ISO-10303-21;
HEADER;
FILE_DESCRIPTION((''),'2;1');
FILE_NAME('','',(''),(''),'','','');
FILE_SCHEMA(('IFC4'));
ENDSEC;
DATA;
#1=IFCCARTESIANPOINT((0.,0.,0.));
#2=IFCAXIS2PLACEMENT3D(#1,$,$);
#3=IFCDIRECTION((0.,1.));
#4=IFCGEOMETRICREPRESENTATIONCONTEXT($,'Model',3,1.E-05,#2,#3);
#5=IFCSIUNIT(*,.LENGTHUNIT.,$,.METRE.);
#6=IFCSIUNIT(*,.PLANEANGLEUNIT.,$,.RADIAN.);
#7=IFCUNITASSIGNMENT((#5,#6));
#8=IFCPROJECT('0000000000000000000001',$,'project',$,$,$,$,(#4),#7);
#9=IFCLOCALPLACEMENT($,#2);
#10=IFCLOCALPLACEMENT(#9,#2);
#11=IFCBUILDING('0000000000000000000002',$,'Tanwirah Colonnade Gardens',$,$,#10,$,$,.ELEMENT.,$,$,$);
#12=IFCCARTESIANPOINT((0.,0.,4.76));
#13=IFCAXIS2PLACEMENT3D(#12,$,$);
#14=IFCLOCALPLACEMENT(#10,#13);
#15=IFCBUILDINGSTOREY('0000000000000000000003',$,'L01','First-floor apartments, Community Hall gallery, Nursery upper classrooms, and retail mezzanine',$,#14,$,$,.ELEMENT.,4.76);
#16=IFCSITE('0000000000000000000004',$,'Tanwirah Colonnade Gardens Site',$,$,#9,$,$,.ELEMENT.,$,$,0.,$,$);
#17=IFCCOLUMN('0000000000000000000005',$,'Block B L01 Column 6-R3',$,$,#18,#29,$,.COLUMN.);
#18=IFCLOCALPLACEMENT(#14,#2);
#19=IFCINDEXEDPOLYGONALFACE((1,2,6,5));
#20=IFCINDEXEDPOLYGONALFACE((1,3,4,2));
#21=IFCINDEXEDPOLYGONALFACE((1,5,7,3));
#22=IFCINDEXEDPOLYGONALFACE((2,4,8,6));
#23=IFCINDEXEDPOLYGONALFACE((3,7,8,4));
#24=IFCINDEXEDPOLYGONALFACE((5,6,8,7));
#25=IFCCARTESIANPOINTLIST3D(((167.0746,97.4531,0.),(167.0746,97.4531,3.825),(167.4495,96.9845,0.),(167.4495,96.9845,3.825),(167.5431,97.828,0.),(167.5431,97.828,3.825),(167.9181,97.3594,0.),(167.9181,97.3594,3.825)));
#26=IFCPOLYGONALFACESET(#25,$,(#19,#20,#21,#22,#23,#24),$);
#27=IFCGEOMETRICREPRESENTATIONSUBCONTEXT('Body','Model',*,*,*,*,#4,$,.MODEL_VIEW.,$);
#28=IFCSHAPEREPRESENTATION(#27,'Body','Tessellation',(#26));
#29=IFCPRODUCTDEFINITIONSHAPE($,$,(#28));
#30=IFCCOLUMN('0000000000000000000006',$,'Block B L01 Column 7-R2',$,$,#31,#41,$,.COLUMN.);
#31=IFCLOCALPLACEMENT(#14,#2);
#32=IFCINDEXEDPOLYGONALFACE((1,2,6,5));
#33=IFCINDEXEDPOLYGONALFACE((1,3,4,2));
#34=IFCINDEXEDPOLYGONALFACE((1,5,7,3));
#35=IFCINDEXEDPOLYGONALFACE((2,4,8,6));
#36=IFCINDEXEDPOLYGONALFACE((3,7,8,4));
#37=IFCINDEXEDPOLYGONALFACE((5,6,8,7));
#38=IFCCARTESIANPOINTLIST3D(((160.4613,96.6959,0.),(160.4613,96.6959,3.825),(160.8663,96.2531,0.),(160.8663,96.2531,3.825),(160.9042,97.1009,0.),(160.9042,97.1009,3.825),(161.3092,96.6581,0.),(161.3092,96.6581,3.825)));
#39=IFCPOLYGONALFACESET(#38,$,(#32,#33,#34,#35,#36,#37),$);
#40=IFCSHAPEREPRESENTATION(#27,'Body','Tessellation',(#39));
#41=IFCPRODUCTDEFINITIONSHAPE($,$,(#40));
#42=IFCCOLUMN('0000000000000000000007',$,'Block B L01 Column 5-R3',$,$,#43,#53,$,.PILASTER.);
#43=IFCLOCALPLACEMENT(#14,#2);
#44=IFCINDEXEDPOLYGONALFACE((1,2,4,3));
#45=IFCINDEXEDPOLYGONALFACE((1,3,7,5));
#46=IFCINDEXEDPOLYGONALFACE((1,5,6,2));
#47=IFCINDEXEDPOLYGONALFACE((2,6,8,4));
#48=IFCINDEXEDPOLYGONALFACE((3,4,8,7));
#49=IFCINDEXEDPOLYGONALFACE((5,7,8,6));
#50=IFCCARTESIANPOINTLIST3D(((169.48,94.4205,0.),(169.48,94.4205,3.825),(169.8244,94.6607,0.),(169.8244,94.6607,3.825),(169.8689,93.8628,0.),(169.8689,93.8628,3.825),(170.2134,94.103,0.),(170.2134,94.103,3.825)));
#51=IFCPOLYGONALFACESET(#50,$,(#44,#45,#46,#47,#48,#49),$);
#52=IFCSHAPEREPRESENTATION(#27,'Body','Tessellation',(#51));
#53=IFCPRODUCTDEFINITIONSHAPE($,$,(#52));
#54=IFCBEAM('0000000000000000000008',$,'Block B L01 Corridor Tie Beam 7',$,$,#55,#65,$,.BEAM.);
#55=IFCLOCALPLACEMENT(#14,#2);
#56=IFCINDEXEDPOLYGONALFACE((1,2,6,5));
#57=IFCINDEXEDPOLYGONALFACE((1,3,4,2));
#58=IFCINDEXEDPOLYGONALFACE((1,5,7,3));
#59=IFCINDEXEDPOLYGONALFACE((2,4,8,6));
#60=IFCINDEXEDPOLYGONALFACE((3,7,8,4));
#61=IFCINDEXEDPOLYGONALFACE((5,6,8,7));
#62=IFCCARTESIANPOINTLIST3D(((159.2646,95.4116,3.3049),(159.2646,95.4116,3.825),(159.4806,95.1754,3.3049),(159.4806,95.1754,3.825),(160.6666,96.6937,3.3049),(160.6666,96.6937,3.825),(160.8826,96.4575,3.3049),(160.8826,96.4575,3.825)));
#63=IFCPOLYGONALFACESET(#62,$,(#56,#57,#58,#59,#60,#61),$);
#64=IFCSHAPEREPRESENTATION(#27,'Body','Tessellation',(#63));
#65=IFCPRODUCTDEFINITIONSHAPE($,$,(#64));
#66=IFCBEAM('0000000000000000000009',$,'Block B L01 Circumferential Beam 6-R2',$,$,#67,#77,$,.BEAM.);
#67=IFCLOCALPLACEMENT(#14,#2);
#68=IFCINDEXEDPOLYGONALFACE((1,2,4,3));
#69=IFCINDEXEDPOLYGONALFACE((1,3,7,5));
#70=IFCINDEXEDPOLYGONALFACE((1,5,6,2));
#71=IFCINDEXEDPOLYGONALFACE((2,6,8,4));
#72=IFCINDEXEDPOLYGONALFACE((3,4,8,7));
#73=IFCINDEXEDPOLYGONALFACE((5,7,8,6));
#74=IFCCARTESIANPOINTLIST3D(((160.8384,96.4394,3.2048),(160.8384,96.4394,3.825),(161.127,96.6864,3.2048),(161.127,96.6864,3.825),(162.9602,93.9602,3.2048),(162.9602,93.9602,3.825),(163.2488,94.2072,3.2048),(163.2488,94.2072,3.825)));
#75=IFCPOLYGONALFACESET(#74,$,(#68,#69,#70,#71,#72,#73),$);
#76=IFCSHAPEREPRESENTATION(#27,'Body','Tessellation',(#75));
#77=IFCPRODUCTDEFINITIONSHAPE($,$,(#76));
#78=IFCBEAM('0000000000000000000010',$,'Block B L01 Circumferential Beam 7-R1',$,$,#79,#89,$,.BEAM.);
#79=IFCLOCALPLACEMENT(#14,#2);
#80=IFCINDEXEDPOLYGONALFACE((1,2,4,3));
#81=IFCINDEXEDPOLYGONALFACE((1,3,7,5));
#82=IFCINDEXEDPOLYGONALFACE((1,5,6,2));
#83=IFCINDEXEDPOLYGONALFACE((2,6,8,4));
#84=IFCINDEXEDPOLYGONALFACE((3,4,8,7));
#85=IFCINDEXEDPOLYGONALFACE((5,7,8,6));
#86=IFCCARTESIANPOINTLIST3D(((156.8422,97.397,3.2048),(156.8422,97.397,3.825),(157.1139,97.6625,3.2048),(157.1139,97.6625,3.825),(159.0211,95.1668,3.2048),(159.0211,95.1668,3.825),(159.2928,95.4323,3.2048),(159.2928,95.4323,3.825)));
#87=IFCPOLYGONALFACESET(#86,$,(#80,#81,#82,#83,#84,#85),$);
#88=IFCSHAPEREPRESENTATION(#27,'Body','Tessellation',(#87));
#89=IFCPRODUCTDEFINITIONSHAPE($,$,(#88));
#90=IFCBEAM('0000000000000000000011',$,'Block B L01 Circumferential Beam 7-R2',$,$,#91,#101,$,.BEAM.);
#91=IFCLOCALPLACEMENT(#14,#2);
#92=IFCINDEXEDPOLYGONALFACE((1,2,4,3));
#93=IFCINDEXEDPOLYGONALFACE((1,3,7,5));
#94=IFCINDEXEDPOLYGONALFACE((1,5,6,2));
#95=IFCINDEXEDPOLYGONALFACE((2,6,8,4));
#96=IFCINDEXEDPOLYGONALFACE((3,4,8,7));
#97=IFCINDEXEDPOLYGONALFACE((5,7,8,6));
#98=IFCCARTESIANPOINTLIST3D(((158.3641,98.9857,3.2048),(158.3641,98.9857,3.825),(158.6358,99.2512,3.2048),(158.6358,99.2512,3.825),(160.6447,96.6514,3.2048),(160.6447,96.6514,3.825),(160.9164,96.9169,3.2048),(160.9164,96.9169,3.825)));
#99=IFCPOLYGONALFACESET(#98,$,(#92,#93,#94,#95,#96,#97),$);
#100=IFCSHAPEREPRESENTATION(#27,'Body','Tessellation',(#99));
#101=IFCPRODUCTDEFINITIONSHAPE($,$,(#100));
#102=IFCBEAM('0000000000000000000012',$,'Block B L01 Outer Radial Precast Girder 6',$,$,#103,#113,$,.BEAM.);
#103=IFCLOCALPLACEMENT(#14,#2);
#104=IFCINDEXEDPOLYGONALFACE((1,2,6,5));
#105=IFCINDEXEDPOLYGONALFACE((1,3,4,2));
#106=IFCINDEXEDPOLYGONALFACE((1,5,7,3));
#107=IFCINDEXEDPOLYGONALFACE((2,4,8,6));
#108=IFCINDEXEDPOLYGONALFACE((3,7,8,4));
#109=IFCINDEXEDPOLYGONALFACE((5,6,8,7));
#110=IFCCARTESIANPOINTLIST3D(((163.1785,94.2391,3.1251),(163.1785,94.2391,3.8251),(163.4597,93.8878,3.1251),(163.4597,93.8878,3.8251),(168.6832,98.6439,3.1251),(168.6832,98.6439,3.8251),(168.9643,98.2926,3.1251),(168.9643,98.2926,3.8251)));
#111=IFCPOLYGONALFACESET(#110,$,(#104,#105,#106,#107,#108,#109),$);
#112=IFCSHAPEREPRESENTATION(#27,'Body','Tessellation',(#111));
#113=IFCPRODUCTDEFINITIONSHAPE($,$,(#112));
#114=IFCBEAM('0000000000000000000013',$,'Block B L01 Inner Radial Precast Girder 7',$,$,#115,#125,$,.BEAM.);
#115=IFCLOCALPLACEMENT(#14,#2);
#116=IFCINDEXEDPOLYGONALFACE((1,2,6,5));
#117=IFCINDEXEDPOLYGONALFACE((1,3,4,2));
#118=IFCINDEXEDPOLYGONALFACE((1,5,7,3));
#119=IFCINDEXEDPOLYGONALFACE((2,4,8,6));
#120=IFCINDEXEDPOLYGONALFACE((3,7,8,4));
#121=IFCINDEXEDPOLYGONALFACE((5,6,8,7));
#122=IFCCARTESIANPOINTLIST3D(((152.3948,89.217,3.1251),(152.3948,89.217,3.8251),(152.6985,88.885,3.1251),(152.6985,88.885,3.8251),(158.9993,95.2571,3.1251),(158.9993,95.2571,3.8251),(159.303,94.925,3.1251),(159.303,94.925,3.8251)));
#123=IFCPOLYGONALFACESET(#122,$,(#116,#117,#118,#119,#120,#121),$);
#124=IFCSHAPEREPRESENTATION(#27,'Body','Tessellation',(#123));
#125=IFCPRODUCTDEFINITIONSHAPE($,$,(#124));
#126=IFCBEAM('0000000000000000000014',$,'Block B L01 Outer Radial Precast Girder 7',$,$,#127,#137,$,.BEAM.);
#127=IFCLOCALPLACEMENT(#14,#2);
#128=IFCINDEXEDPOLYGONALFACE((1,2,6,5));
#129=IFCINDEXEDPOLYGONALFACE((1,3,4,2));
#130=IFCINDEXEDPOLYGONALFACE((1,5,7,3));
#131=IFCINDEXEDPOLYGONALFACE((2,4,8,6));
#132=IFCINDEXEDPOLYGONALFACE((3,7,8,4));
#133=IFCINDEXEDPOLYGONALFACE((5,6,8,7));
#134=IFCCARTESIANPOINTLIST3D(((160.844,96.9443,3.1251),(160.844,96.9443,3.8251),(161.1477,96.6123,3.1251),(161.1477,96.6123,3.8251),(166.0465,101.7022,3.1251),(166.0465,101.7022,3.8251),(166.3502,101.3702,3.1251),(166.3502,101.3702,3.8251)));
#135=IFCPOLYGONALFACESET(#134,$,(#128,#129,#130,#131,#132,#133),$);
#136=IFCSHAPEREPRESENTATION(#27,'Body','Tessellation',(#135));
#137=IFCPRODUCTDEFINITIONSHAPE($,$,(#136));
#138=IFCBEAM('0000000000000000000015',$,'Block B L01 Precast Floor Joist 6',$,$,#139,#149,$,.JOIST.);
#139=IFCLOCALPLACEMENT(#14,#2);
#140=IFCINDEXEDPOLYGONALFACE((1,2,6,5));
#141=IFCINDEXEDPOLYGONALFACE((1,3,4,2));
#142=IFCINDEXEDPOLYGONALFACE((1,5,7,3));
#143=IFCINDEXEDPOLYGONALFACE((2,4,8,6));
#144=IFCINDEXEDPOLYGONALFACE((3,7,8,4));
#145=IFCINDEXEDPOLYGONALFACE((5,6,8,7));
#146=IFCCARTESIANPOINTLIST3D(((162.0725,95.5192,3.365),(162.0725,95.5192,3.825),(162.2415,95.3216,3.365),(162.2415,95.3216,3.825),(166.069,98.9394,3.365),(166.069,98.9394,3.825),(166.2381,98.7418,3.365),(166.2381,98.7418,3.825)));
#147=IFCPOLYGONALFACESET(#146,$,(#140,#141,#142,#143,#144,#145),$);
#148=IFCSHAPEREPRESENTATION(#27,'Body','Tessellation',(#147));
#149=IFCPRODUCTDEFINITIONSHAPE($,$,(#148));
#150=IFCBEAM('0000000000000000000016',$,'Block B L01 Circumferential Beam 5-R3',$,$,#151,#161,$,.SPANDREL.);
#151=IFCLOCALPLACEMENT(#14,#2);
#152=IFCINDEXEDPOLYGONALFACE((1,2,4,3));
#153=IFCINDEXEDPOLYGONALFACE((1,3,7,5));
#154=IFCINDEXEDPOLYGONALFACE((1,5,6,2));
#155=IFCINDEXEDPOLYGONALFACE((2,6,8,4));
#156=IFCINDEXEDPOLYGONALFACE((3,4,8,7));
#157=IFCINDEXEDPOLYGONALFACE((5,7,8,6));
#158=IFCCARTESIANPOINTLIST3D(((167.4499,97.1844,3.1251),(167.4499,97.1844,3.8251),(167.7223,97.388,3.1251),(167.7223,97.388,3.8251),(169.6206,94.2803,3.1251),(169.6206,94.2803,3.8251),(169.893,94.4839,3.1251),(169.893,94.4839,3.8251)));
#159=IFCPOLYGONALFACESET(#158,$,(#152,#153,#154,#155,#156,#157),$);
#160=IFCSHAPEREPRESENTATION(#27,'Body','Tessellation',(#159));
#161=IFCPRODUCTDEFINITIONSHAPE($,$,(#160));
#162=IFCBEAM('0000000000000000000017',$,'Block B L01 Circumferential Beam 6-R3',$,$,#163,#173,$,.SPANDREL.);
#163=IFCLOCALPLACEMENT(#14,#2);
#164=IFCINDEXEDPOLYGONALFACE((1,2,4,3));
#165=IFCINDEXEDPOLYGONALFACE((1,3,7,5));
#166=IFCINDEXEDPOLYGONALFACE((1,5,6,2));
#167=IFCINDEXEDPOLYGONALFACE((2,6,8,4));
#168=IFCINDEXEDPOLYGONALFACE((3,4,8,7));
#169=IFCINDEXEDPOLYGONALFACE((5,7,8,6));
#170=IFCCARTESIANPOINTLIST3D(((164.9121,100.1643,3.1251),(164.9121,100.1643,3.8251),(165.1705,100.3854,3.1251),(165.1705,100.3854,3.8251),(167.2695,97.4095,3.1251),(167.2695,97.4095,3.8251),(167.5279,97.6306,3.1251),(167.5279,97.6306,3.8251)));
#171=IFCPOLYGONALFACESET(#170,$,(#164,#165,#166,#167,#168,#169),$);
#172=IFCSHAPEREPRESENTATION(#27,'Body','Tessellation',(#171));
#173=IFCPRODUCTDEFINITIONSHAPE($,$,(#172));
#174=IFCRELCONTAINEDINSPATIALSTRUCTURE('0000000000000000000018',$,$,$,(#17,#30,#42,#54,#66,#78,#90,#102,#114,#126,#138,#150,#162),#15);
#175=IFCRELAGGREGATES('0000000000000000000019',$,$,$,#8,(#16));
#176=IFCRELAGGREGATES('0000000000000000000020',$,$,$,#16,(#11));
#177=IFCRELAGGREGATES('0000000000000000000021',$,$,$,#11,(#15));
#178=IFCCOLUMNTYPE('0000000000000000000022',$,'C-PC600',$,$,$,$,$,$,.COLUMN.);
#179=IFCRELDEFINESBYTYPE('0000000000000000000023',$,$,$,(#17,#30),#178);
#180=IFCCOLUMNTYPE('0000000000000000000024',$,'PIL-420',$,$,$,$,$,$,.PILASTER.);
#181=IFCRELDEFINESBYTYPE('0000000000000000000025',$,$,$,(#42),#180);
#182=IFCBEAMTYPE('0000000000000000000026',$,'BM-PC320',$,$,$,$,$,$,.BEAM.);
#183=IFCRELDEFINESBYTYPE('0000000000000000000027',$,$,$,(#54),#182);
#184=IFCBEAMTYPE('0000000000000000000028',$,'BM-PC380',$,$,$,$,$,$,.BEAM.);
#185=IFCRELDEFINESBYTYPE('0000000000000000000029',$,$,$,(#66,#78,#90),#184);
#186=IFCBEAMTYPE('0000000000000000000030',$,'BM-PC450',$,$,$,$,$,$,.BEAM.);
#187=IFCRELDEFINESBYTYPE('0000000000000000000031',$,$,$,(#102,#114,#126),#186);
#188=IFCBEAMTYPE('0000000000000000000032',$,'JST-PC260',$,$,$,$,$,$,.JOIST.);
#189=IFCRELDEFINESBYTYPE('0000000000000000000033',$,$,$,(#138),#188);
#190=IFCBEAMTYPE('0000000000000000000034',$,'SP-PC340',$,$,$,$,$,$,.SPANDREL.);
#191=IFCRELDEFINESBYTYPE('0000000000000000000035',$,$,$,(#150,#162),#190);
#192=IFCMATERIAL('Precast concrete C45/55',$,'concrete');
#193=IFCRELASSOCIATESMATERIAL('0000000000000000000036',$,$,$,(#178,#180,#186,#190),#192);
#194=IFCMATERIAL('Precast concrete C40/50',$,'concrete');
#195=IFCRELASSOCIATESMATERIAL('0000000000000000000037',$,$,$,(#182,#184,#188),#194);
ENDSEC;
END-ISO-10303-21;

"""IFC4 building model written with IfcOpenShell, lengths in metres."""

from ifc_helpers import new_model, si_unit, direction, frame, origin, origin_2d, place, context, subcontext, project, spatial, rectangle, extrude, material, material_profile, profile_set, type_object, element, save


model = new_model("IFC4")

# Units and contexts
model_context = context("Model", 3, precision=1e-05, world=origin(), true_north=direction((0.0, 1.0)))
body_context = subcontext(model_context, "Body", "Model", "MODEL_VIEW")
ifc_project = project(units=[si_unit("LENGTHUNIT", "METRE"), si_unit("PLANEANGLEUNIT", "RADIAN")], contexts=[model_context])

# Site, building, storey
site_placement = place(None, origin())
site = spatial("IfcSite", under=ifc_project, at=site_placement, Name="Tanwirah Colonnade Gardens Site", CompositionType="ELEMENT", RefElevation=0.0)
building_placement = place(site_placement, origin())
building = spatial("IfcBuilding", under=site, at=building_placement, Name="Tanwirah Colonnade Gardens", CompositionType="ELEMENT")
storey_placement = place(building_placement, frame((0.0, 0.0, 4.76)))
storey = spatial("IfcBuildingStorey", under=building, at=storey_placement, Name="L01", Description="First-floor apartments, Community Hall gallery, Nursery upper classrooms, and retail mezzanine", CompositionType="ELEMENT", Elevation=4.76)

# Columns
ifc_material_1 = material(Name="Precast concrete C45/55", Category="concrete")
ifc_material_profile_1 = material_profile(ifc_material_1, rectangle(XDim=0.6001, YDim=0.6001, at=origin_2d()), Name="PC-COL 600x600")
ifc_profile_set_1 = profile_set([ifc_material_profile_1], Name="Precast concrete C45/55")
column_type_1 = type_object("IfcColumnType", Name="C-PC600", PredefinedType="COLUMN", material=ifc_profile_set_1)
for number, where, z_axis, x_axis, name in (
    (1, (167.4963, 97.4062, 0.0), (0.0, 0.0, 1.0), (0.780794, 0.624789, 0.0), "Block B L01 Column 6-R3"),
    (2, (160.8853, 96.677, 0.0), (0.0, 0.0, 1.0), (0.737932, 0.674875, 0.0), "Block B L01 Column 7-R2"),
):
    element("IfcColumn", number, at=place(storey_placement, frame(where, z_axis=z_axis, x_axis=x_axis)), inside=storey, type_object=column_type_1, Name=name, PredefinedType="COLUMN", context=body_context, shape_type="SweptSolid", body=[
        extrude(rectangle(XDim=0.6001, YDim=0.6001, at=origin_2d()), origin(), (0.0, 0.0, 1.0), 3.825),
    ])
ifc_material_profile_2 = material_profile(ifc_material_1, rectangle(XDim=0.4199, YDim=0.6799, at=origin_2d()), Name="PC-PIL 420x680")
ifc_profile_set_2 = profile_set([ifc_material_profile_2], Name="Precast concrete C45/55")
column_type_2 = type_object("IfcColumnType", Name="PIL-420", PredefinedType="PILASTER", material=ifc_profile_set_2)
column_placement = place(storey_placement, frame((169.8467, 94.2617, 0.0), z_axis=(0.0, 0.0, 1.0), x_axis=(0.820263, 0.571987, 0.0)))
element("IfcColumn", 3, at=column_placement, inside=storey, type_object=column_type_2, Name="Block B L01 Column 5-R3", PredefinedType="PILASTER", context=body_context, shape_type="SweptSolid", body=[
    extrude(rectangle(XDim=0.4199, YDim=0.6799, at=origin_2d()), origin(), (0.0, 0.0, 1.0), 3.825),
])

# Beams
ifc_material_2 = material(Name="Precast concrete C40/50", Category="concrete")
ifc_material_profile_3 = material_profile(ifc_material_2, rectangle(XDim=0.3201, YDim=0.52, at=origin_2d()), Name="PC-BM 320x520")
ifc_profile_set_3 = profile_set([ifc_material_profile_3], Name="Precast concrete C40/50")
beam_type_1 = type_object("IfcBeamType", Name="BM-PC320", PredefinedType="BEAM", material=ifc_profile_set_3)
beam_1_placement = place(storey_placement, frame((159.3726, 95.2935, 3.5649), z_axis=(0.737948, 0.674857, 0.0), x_axis=(-0.674857, 0.737948, 0.0)))
element("IfcBeam", 4, at=beam_1_placement, inside=storey, type_object=beam_type_1, Name="Block B L01 Corridor Tie Beam 7", PredefinedType="BEAM", context=body_context, shape_type="SweptSolid", body=[
    extrude(rectangle(XDim=0.3201, YDim=0.52, at=origin_2d()), origin(), (0.0, 0.0, 1.0), 1.8999),
])
ifc_material_profile_4 = material_profile(ifc_material_2, rectangle(XDim=0.3799, YDim=0.6201, at=origin_2d()), Name="PC-BM 380x620")
ifc_profile_set_4 = profile_set([ifc_material_profile_4], Name="Precast concrete C40/50")
beam_type_2 = type_object("IfcBeamType", Name="BM-PC380", PredefinedType="BEAM", material=ifc_profile_set_4)
beam_2_placement = place(storey_placement, frame((163.1045, 94.0837, 3.5149), z_axis=(-0.650218, 0.759748, 0.0), x_axis=(-0.759748, -0.650218, 0.0)))
element("IfcBeam", 5, at=beam_2_placement, inside=storey, type_object=beam_type_2, Name="Block B L01 Circumferential Beam 6-R2", PredefinedType="BEAM", context=body_context, shape_type="SweptSolid", body=[
    extrude(rectangle(XDim=0.3799, YDim=0.6201, at=origin_2d()), origin(), (0.0, 0.0, 1.0), 3.2632),
])
beam_3_placement = place(storey_placement, frame((159.157, 95.2996, 3.5149), z_axis=(-0.698837, 0.715281, 0.0), x_axis=(-0.715281, -0.698837, 0.0)))
element("IfcBeam", 6, at=beam_3_placement, inside=storey, type_object=beam_type_2, Name="Block B L01 Circumferential Beam 7-R1", PredefinedType="BEAM", context=body_context, shape_type="SweptSolid", body=[
    extrude(rectangle(XDim=0.3799, YDim=0.6201, at=origin_2d()), origin(), (0.0, 0.0, 1.0), 3.1179),
])
beam_4_placement = place(storey_placement, frame((160.7805, 96.7842, 3.5149), z_axis=(-0.698829, 0.715288, 0.0), x_axis=(-0.715288, -0.698829, 0.0)))
element("IfcBeam", 7, at=beam_4_placement, inside=storey, type_object=beam_type_2, Name="Block B L01 Circumferential Beam 7-R2", PredefinedType="BEAM", context=body_context, shape_type="SweptSolid", body=[
    extrude(rectangle(XDim=0.3799, YDim=0.6201, at=origin_2d()), origin(), (0.0, 0.0, 1.0), 3.2634),
])
ifc_material_profile_5 = material_profile(ifc_material_1, rectangle(XDim=0.45, YDim=0.7, at=origin_2d()), Name="PC-BM 450x700")
ifc_profile_set_5 = profile_set([ifc_material_profile_5], Name="Precast concrete C45/55")
beam_type_3 = type_object("IfcBeamType", Name="BM-PC450", PredefinedType="BEAM", material=ifc_profile_set_5)
beam_5_placement = place(storey_placement, frame((163.3191, 94.0635, 3.4751), z_axis=(0.780794, 0.624788, 0.0), x_axis=(-0.624788, 0.780794, 0.0)))
element("IfcBeam", 8, at=beam_5_placement, inside=storey, type_object=beam_type_3, Name="Block B L01 Outer Radial Precast Girder 6", PredefinedType="BEAM", context=body_context, shape_type="SweptSolid", body=[
    extrude(rectangle(XDim=0.45, YDim=0.7, at=origin_2d()), origin(), (0.0, 0.0, 1.0), 7.05),
])
beam_6_placement = place(storey_placement, frame((159.1511, 95.0911, 3.4751), z_axis=(-0.737937, -0.674869, 0.0), x_axis=(0.674869, -0.737937, 0.0)))
element("IfcBeam", 9, at=beam_6_placement, inside=storey, type_object=beam_type_3, Name="Block B L01 Inner Radial Precast Girder 7", PredefinedType="BEAM", context=body_context, shape_type="SweptSolid", body=[
    extrude(rectangle(XDim=0.45, YDim=0.7, at=origin_2d()), origin(), (0.0, 0.0, 1.0), 8.95),
])
beam_7_placement = place(storey_placement, frame((160.9958, 96.7783, 3.4751), z_axis=(0.737934, 0.674873, 0.0), x_axis=(-0.674873, 0.737934, 0.0)))
element("IfcBeam", 10, at=beam_7_placement, inside=storey, type_object=beam_type_3, Name="Block B L01 Outer Radial Precast Girder 7", PredefinedType="BEAM", context=body_context, shape_type="SweptSolid", body=[
    extrude(rectangle(XDim=0.45, YDim=0.7, at=origin_2d()), origin(), (0.0, 0.0, 1.0), 7.05),
])
ifc_material_profile_6 = material_profile(ifc_material_2, rectangle(XDim=0.26, YDim=0.46, at=origin_2d()), Name="PC-JST 260x460")
ifc_profile_set_6 = profile_set([ifc_material_profile_6], Name="Precast concrete C40/50")
beam_type_4 = type_object("IfcBeamType", Name="JST-PC260", PredefinedType="JOIST", material=ifc_profile_set_6)
beam_8_placement = place(storey_placement, frame((162.157, 95.4204, 3.595), z_axis=(0.759771, 0.650191, 0.0), x_axis=(-0.650191, 0.759771, 0.0)))
element("IfcBeam", 11, at=beam_8_placement, inside=storey, type_object=beam_type_4, Name="Block B L01 Precast Floor Joist 6", PredefinedType="JOIST", context=body_context, shape_type="SweptSolid", body=[
    extrude(rectangle(XDim=0.26, YDim=0.46, at=origin_2d()), origin(), (0.0, 0.0, 1.0), 5.2603),
])
ifc_material_profile_7 = material_profile(ifc_material_1, rectangle(XDim=0.3401, YDim=0.7, at=origin_2d()), Name="PC-SP 340x700")
ifc_profile_set_7 = profile_set([ifc_material_profile_7], Name="Precast concrete C45/55")
beam_type_5 = type_object("IfcBeamType", Name="SP-PC340", PredefinedType="SPANDREL", material=ifc_profile_set_7)
for number, where, z_axis, x_axis, name in (
    (12, (169.7568, 94.3821, 3.4751), (-0.598696, 0.800977, 0.0), (-0.800977, -0.598696, 0.0), "Block B L01 Circumferential Beam 5-R3"),
    (13, (167.3987, 97.52, 3.4751), (-0.65017, 0.759789, 0.0), (-0.759789, -0.65017, 0.0), "Block B L01 Circumferential Beam 6-R3"),
):
    element("IfcBeam", number, at=place(storey_placement, frame(where, z_axis=z_axis, x_axis=x_axis)), inside=storey, type_object=beam_type_5, Name=name, PredefinedType="SPANDREL", context=body_context, shape_type="SweptSolid", body=[
        extrude(rectangle(XDim=0.3401, YDim=0.7, at=origin_2d()), origin(), (0.0, 0.0, 1.0), 3.6257),
    ])

save(model, "model.ifc")
